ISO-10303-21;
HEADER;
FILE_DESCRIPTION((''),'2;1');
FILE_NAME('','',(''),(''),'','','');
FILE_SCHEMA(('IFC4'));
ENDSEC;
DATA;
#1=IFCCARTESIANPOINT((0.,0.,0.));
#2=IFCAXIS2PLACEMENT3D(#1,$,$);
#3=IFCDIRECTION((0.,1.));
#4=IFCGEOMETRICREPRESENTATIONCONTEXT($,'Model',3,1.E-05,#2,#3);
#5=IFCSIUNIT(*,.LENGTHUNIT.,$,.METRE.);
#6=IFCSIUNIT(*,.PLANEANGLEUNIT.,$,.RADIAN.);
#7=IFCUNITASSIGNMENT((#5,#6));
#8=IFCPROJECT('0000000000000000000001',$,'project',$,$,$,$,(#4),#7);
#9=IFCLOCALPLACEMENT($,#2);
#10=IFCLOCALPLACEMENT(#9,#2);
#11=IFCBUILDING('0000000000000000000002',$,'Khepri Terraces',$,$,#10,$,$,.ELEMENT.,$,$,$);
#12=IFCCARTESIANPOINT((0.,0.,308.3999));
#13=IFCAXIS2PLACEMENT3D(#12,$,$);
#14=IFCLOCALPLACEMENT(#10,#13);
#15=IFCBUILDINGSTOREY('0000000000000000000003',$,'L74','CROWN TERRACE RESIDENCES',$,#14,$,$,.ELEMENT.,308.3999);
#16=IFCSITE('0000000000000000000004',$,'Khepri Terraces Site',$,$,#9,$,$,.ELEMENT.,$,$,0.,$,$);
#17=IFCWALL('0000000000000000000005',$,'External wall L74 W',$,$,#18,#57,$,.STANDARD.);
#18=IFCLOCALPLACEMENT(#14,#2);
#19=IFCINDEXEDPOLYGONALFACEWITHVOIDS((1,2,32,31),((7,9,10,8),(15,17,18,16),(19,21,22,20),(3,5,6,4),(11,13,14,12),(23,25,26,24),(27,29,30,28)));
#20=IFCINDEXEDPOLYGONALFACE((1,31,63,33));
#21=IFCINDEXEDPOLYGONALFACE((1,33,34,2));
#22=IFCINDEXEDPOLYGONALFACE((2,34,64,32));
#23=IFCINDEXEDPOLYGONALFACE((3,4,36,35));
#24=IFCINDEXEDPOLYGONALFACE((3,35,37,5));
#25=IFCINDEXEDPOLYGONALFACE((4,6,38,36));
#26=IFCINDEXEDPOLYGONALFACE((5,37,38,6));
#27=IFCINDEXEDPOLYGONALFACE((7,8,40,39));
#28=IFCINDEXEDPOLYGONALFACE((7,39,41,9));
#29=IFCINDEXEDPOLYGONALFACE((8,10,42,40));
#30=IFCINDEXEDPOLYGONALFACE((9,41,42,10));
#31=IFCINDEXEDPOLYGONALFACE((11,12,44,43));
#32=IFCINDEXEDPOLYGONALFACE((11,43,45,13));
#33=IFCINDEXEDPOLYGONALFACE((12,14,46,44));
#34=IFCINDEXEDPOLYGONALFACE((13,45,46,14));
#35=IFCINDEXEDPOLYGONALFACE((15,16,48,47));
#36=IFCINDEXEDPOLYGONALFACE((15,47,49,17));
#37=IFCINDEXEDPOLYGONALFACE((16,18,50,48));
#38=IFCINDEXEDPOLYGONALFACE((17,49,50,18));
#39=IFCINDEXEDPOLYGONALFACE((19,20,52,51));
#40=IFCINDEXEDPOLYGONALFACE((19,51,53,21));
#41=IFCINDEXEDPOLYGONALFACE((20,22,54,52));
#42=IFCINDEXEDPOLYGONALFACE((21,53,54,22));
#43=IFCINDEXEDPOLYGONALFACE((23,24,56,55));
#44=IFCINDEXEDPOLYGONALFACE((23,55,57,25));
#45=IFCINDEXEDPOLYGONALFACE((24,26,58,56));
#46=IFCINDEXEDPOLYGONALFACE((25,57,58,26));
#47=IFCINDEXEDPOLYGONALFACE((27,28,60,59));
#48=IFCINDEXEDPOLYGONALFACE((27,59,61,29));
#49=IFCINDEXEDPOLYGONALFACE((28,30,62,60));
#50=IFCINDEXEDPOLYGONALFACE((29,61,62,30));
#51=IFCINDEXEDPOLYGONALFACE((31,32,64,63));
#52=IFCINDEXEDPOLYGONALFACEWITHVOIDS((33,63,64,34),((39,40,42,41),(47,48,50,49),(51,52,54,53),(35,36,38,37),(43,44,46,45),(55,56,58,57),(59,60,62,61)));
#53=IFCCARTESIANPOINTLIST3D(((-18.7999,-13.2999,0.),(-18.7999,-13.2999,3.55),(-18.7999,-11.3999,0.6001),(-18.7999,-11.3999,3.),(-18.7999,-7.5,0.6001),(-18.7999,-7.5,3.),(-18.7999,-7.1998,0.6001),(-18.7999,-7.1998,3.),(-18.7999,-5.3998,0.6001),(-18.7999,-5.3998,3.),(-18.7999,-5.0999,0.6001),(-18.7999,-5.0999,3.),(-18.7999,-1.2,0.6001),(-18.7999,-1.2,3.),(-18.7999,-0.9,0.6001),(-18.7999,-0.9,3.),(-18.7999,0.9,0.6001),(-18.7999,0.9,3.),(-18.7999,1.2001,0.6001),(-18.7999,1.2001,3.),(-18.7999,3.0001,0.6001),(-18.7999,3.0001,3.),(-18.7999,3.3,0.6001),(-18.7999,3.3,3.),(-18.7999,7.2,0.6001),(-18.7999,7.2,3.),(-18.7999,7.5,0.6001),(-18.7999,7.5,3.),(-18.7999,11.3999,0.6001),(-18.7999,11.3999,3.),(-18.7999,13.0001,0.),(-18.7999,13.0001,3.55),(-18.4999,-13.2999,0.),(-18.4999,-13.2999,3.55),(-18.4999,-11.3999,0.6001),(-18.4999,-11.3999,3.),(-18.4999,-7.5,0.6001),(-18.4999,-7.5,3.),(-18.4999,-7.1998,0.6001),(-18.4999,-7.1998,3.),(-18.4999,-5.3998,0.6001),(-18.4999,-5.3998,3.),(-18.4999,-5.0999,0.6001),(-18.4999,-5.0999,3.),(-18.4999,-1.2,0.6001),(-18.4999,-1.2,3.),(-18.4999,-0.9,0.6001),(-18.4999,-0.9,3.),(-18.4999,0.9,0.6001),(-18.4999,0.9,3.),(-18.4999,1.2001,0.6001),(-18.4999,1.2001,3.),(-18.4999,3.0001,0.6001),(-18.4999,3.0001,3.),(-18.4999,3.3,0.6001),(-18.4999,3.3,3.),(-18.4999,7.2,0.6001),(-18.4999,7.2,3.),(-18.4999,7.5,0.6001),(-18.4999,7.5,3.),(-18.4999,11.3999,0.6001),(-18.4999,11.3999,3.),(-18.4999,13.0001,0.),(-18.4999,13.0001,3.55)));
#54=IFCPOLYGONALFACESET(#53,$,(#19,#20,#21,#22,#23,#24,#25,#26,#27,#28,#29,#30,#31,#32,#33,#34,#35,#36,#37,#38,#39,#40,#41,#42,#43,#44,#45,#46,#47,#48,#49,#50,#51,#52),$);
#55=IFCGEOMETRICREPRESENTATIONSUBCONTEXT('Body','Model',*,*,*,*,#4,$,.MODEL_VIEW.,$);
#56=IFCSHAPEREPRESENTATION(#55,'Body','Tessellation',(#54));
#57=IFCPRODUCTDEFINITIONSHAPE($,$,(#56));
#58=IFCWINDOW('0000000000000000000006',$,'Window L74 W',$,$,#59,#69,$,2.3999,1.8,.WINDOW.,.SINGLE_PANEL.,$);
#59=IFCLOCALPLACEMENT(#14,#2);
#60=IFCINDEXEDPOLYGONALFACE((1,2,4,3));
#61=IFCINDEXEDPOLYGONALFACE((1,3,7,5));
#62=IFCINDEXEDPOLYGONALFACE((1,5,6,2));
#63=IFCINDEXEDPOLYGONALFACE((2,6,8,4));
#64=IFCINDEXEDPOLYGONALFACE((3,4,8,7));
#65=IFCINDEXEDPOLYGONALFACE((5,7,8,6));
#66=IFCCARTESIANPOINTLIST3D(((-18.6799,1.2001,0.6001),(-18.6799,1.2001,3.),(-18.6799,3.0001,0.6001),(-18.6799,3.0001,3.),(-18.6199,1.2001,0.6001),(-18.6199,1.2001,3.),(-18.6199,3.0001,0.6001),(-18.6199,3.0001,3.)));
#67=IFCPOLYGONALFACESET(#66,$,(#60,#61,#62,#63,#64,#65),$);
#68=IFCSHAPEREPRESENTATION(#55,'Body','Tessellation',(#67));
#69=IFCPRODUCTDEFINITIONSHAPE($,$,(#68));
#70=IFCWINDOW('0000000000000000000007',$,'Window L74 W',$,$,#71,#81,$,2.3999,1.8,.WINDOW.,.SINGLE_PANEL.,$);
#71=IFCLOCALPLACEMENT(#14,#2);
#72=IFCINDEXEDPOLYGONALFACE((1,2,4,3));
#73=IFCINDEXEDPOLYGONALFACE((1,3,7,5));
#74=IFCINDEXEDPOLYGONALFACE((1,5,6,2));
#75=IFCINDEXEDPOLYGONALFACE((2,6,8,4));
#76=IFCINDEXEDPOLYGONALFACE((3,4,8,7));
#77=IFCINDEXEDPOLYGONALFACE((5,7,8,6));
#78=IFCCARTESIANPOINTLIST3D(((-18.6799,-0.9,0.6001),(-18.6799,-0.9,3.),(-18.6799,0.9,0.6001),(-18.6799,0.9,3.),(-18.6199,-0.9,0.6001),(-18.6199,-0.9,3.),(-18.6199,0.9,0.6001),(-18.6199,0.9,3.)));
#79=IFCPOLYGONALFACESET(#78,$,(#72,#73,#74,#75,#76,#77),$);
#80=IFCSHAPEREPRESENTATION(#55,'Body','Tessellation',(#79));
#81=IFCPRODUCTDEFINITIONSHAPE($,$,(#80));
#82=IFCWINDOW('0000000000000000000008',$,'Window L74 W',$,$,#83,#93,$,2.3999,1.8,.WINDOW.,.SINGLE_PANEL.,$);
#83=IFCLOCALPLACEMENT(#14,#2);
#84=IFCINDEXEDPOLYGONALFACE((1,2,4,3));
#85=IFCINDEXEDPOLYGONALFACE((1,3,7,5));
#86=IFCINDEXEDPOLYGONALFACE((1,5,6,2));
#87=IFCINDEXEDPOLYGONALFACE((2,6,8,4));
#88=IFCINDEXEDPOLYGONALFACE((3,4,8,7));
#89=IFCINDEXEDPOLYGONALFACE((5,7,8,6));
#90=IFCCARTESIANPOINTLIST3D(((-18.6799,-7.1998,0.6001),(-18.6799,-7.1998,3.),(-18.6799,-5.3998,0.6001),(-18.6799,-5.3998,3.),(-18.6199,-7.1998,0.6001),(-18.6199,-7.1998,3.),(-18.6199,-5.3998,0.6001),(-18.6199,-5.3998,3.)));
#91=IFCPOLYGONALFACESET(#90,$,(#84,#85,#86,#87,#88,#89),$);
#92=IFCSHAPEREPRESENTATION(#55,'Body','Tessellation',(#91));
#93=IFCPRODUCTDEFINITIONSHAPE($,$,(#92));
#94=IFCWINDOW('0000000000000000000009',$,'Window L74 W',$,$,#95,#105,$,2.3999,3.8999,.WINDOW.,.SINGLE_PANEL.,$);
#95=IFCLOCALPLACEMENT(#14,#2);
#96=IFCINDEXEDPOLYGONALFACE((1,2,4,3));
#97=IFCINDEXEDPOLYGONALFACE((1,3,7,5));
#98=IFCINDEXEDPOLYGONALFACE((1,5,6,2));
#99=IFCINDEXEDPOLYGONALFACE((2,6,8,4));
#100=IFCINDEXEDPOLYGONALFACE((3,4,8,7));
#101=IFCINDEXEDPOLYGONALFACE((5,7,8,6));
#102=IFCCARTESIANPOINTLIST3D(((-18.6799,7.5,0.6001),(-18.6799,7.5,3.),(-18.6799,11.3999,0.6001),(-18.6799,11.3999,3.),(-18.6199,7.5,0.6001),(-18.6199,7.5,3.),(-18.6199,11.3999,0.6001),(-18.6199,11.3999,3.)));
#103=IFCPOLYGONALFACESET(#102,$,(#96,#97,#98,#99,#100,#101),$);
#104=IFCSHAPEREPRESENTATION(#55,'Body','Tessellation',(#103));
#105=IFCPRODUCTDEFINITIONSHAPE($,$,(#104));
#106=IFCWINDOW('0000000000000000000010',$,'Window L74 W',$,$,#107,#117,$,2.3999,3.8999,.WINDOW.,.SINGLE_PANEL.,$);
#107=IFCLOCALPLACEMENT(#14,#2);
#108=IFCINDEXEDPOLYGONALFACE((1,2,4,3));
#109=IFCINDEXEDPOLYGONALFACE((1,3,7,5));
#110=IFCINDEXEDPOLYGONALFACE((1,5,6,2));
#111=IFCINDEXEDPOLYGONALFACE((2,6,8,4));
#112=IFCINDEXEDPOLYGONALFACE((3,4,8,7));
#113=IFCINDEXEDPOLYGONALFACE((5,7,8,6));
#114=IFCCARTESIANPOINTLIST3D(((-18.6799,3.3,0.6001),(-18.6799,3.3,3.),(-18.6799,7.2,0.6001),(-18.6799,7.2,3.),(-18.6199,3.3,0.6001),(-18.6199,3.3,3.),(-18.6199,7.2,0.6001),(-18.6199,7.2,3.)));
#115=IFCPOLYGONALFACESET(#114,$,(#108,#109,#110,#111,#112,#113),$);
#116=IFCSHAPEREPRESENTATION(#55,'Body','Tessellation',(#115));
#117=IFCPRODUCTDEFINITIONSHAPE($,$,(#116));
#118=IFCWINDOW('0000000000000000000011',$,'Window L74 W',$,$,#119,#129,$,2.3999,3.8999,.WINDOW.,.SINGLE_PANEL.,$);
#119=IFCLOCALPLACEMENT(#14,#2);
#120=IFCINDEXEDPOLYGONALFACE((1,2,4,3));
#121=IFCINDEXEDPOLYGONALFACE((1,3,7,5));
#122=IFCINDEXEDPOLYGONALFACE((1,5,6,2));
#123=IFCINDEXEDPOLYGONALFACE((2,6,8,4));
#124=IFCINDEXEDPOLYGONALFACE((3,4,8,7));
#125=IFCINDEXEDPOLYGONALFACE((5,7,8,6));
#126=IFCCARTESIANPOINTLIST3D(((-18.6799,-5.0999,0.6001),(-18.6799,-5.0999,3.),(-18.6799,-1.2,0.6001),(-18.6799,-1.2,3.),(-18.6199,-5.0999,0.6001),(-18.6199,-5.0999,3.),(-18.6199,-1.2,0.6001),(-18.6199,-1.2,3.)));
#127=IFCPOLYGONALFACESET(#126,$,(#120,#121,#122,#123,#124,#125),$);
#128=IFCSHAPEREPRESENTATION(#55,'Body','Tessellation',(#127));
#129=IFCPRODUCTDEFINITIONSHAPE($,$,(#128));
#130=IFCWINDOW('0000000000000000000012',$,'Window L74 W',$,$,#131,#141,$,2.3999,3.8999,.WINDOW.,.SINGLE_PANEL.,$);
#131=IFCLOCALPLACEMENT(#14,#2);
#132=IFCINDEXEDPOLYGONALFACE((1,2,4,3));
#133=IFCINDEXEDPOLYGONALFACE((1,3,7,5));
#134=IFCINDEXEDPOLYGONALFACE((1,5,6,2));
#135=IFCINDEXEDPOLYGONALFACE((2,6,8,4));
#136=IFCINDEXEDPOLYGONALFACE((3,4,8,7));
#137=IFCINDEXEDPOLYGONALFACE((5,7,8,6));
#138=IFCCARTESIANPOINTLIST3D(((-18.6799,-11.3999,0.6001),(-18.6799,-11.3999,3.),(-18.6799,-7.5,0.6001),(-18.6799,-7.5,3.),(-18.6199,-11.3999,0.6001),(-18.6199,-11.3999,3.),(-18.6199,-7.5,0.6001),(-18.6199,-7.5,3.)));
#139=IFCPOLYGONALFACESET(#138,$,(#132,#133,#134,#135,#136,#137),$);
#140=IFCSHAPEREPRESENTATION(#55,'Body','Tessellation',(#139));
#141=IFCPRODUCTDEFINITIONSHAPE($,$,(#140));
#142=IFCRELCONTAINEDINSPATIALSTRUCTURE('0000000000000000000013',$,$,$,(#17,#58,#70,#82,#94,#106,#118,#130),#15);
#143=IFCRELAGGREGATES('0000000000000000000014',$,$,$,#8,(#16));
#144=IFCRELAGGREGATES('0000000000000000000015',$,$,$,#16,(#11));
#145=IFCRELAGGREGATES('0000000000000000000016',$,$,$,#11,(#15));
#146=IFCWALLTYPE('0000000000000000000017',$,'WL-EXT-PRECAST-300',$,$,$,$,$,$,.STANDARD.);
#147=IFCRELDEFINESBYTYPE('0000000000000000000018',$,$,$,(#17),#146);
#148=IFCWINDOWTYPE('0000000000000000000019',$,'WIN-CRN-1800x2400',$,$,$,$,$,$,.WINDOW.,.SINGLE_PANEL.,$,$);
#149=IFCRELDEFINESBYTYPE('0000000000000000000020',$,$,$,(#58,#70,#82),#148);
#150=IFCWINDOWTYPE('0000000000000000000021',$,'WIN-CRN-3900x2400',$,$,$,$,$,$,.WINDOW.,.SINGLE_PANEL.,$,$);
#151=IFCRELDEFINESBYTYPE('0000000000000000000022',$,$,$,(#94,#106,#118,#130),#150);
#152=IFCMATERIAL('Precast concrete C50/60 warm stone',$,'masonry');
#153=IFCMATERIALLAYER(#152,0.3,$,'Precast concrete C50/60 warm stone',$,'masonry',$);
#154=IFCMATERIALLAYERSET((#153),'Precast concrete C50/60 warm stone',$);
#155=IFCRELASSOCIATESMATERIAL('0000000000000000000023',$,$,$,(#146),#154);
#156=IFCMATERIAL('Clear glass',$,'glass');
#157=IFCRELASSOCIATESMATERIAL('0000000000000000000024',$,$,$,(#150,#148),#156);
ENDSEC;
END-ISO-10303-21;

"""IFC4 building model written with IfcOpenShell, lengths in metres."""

from ifc_helpers import new_model, si_unit, direction, frame, frame_2d, origin, place, context, subcontext, project, spatial, rectangle, extrude, material, layer, layer_set, type_object, element, fill, save


model = new_model("IFC4")

# Units and contexts
model_context = context("Model", 3, precision=1e-05, world=origin(), true_north=direction((0.0, 1.0)))
body_context = subcontext(model_context, "Body", "Model", "MODEL_VIEW")
ifc_project = project(units=[si_unit("LENGTHUNIT", "METRE"), si_unit("PLANEANGLEUNIT", "RADIAN")], contexts=[model_context])

# Site, building, storey
site_placement = place(None, origin())
site = spatial("IfcSite", under=ifc_project, at=site_placement, Name="Khepri Terraces Site", CompositionType="ELEMENT", RefElevation=0.0)
building_placement = place(site_placement, origin())
building = spatial("IfcBuilding", under=site, at=building_placement, Name="Khepri Terraces", CompositionType="ELEMENT")
storey_placement = place(building_placement, frame((0.0, 0.0, 308.3999)))
storey = spatial("IfcBuildingStorey", under=building, at=storey_placement, Name="L74", Description="CROWN TERRACE RESIDENCES", CompositionType="ELEMENT", Elevation=308.3999)

# Shared definitions
ifc_material_1 = material(Name="Precast concrete C50/60 warm stone", Category="masonry")
ifc_layer_1 = layer(ifc_material_1, 0.3, Name="Precast concrete C50/60 warm stone", Category="masonry")
ifc_layer_set_1 = layer_set([ifc_layer_1], Name="Precast concrete C50/60 warm stone")
wall_type_1 = type_object("IfcWallType", Name="WL-EXT-PRECAST-300", PredefinedType="STANDARD", material=ifc_layer_set_1)
ifc_material_2 = material(Name="Clear glass", Category="glass")
window_type_1 = type_object("IfcWindowType", Name="WIN-CRN-3900x2400", PartitioningType="SINGLE_PANEL", PredefinedType="WINDOW", material=ifc_material_2)

# Wall, openings, windows
wall_1_placement = place(storey_placement, frame((-18.6499, 13.0, 0.0), z_axis=(0.0, 0.0, 1.0), x_axis=(0.0, -1.0, 0.0)))
wall_1 = element("IfcWall", 1, at=wall_1_placement, inside=storey, type_object=wall_type_1, Name="External wall L74 W", PredefinedType="STANDARD", context=body_context, shape_type="SweptSolid", body=[
    extrude(rectangle(XDim=26.3, YDim=0.3, at=frame_2d((13.1499, 0.0))), origin(), (0.0, 0.0, 1.0), 3.55),
])
opening_1_placement = place(wall_1_placement, frame((1.6001, 0.0, 0.6001)))
opening_1 = element("IfcOpeningElement", 2, at=opening_1_placement, cuts=wall_1, PredefinedType="OPENING", context=body_context, shape_type="SweptSolid", body=[
    extrude(rectangle(XDim=3.8999, YDim=2.3999, at=frame_2d((1.95, 1.2))), frame((0.0, 0.1602, 0.0), z_axis=(0.0, -1.0, 0.0), x_axis=(1.0, 0.0, 0.0)), (0.0, 0.0, 1.0), 0.3201),
])
opening_2_placement = place(wall_1_placement, frame((5.8, 0.0, 0.6001)))
opening_2 = element("IfcOpeningElement", 3, at=opening_2_placement, cuts=wall_1, PredefinedType="OPENING", context=body_context, shape_type="SweptSolid", body=[
    extrude(rectangle(XDim=3.8999, YDim=2.3999, at=frame_2d((1.95, 1.2))), frame((0.0, 0.1602, 0.0), z_axis=(0.0, -1.0, 0.0), x_axis=(1.0, 0.0, 0.0)), (0.0, 0.0, 1.0), 0.3201),
])
opening_3_placement = place(wall_1_placement, frame((10.0, 0.0, 0.6001)))
opening_3 = element("IfcOpeningElement", 4, at=opening_3_placement, cuts=wall_1, PredefinedType="OPENING", context=body_context, shape_type="SweptSolid", body=[
    extrude(rectangle(XDim=1.8, YDim=2.3999, at=frame_2d((0.8999, 1.2))), frame((0.0, 0.1602, 0.0), z_axis=(0.0, -1.0, 0.0), x_axis=(1.0, 0.0, 0.0)), (0.0, 0.0, 1.0), 0.3201),
])
opening_4_placement = place(wall_1_placement, frame((12.1001, 0.0, 0.6001)))
opening_4 = element("IfcOpeningElement", 5, at=opening_4_placement, cuts=wall_1, PredefinedType="OPENING", context=body_context, shape_type="SweptSolid", body=[
    extrude(rectangle(XDim=1.8, YDim=2.3999, at=frame_2d((0.8999, 1.2))), frame((0.0, 0.1602, 0.0), z_axis=(0.0, -1.0, 0.0), x_axis=(1.0, 0.0, 0.0)), (0.0, 0.0, 1.0), 0.3201),
])
opening_5_placement = place(wall_1_placement, frame((14.2, 0.0, 0.6001)))
opening_5 = element("IfcOpeningElement", 6, at=opening_5_placement, cuts=wall_1, PredefinedType="OPENING", context=body_context, shape_type="SweptSolid", body=[
    extrude(rectangle(XDim=3.8999, YDim=2.3999, at=frame_2d((1.95, 1.2))), frame((0.0, 0.1602, 0.0), z_axis=(0.0, -1.0, 0.0), x_axis=(1.0, 0.0, 0.0)), (0.0, 0.0, 1.0), 0.3201),
])
opening_6_placement = place(wall_1_placement, frame((18.3999, 0.0, 0.6001)))
opening_6 = element("IfcOpeningElement", 7, at=opening_6_placement, cuts=wall_1, PredefinedType="OPENING", context=body_context, shape_type="SweptSolid", body=[
    extrude(rectangle(XDim=1.8, YDim=2.3999, at=frame_2d((0.8999, 1.2))), frame((0.0, 0.1602, 0.0), z_axis=(0.0, -1.0, 0.0), x_axis=(1.0, 0.0, 0.0)), (0.0, 0.0, 1.0), 0.3201),
])
opening_7_placement = place(wall_1_placement, frame((20.5, 0.0, 0.6001)))
opening_7 = element("IfcOpeningElement", 8, at=opening_7_placement, cuts=wall_1, PredefinedType="OPENING", context=body_context, shape_type="SweptSolid", body=[
    extrude(rectangle(XDim=3.8999, YDim=2.3999, at=frame_2d((1.95, 1.2))), frame((0.0, 0.1602, 0.0), z_axis=(0.0, -1.0, 0.0), x_axis=(1.0, 0.0, 0.0)), (0.0, 0.0, 1.0), 0.3201),
])
window_type_2 = type_object("IfcWindowType", Name="WIN-CRN-1800x2400", PartitioningType="SINGLE_PANEL", PredefinedType="WINDOW", material=ifc_material_2)
window_1_placement = place(opening_3_placement, origin())
window_1 = element("IfcWindow", 9, at=window_1_placement, inside=storey, type_object=window_type_2, Name="Window L74 W", OverallHeight=2.3999, OverallWidth=1.8, PartitioningType="SINGLE_PANEL", PredefinedType="WINDOW", context=body_context, shape_type="SweptSolid", body=[
    extrude(rectangle(XDim=1.8, YDim=2.3999, at=frame_2d((0.8999, 1.2))), frame((0.0, 0.03, 0.0), z_axis=(0.0, -1.0, 0.0), x_axis=(1.0, 0.0, 0.0)), (0.0, 0.0, 1.0), 0.0601),
])
fill(opening_3, window_1)
window_2_placement = place(opening_4_placement, origin())
window_2 = element("IfcWindow", 10, at=window_2_placement, inside=storey, type_object=window_type_2, Name="Window L74 W", OverallHeight=2.3999, OverallWidth=1.8, PartitioningType="SINGLE_PANEL", PredefinedType="WINDOW", context=body_context, shape_type="SweptSolid", body=[
    extrude(rectangle(XDim=1.8, YDim=2.3999, at=frame_2d((0.8999, 1.2))), frame((0.0, 0.03, 0.0), z_axis=(0.0, -1.0, 0.0), x_axis=(1.0, 0.0, 0.0)), (0.0, 0.0, 1.0), 0.0601),
])
fill(opening_4, window_2)
window_3_placement = place(opening_6_placement, origin())
window_3 = element("IfcWindow", 11, at=window_3_placement, inside=storey, type_object=window_type_2, Name="Window L74 W", OverallHeight=2.3999, OverallWidth=1.8, PartitioningType="SINGLE_PANEL", PredefinedType="WINDOW", context=body_context, shape_type="SweptSolid", body=[
    extrude(rectangle(XDim=1.8, YDim=2.3999, at=frame_2d((0.8999, 1.2))), frame((0.0, 0.03, 0.0), z_axis=(0.0, -1.0, 0.0), x_axis=(1.0, 0.0, 0.0)), (0.0, 0.0, 1.0), 0.0601),
])
fill(opening_6, window_3)
window_4_placement = place(opening_1_placement, origin())
window_4 = element("IfcWindow", 12, at=window_4_placement, inside=storey, type_object=window_type_1, Name="Window L74 W", OverallHeight=2.3999, OverallWidth=3.8999, PartitioningType="SINGLE_PANEL", PredefinedType="WINDOW", context=body_context, shape_type="SweptSolid", body=[
    extrude(rectangle(XDim=3.8999, YDim=2.3999, at=frame_2d((1.95, 1.2))), frame((0.0, 0.03, 0.0), z_axis=(0.0, -1.0, 0.0), x_axis=(1.0, 0.0, 0.0)), (0.0, 0.0, 1.0), 0.0601),
])
fill(opening_1, window_4)
window_5_placement = place(opening_2_placement, origin())
window_5 = element("IfcWindow", 13, at=window_5_placement, inside=storey, type_object=window_type_1, Name="Window L74 W", OverallHeight=2.3999, OverallWidth=3.8999, PartitioningType="SINGLE_PANEL", PredefinedType="WINDOW", context=body_context, shape_type="SweptSolid", body=[
    extrude(rectangle(XDim=3.8999, YDim=2.3999, at=frame_2d((1.95, 1.2))), frame((0.0, 0.03, 0.0), z_axis=(0.0, -1.0, 0.0), x_axis=(1.0, 0.0, 0.0)), (0.0, 0.0, 1.0), 0.0601),
])
fill(opening_2, window_5)
window_6_placement = place(opening_5_placement, origin())
window_6 = element("IfcWindow", 14, at=window_6_placement, inside=storey, type_object=window_type_1, Name="Window L74 W", OverallHeight=2.3999, OverallWidth=3.8999, PartitioningType="SINGLE_PANEL", PredefinedType="WINDOW", context=body_context, shape_type="SweptSolid", body=[
    extrude(rectangle(XDim=3.8999, YDim=2.3999, at=frame_2d((1.95, 1.2))), frame((0.0, 0.03, 0.0), z_axis=(0.0, -1.0, 0.0), x_axis=(1.0, 0.0, 0.0)), (0.0, 0.0, 1.0), 0.0601),
])
fill(opening_5, window_6)
window_7_placement = place(opening_7_placement, origin())
window_7 = element("IfcWindow", 15, at=window_7_placement, inside=storey, type_object=window_type_1, Name="Window L74 W", OverallHeight=2.3999, OverallWidth=3.8999, PartitioningType="SINGLE_PANEL", PredefinedType="WINDOW", context=body_context, shape_type="SweptSolid", body=[
    extrude(rectangle(XDim=3.8999, YDim=2.3999, at=frame_2d((1.95, 1.2))), frame((0.0, 0.03, 0.0), z_axis=(0.0, -1.0, 0.0), x_axis=(1.0, 0.0, 0.0)), (0.0, 0.0, 1.0), 0.0601),
])
fill(opening_7, window_7)

save(model, "model.ifc")
